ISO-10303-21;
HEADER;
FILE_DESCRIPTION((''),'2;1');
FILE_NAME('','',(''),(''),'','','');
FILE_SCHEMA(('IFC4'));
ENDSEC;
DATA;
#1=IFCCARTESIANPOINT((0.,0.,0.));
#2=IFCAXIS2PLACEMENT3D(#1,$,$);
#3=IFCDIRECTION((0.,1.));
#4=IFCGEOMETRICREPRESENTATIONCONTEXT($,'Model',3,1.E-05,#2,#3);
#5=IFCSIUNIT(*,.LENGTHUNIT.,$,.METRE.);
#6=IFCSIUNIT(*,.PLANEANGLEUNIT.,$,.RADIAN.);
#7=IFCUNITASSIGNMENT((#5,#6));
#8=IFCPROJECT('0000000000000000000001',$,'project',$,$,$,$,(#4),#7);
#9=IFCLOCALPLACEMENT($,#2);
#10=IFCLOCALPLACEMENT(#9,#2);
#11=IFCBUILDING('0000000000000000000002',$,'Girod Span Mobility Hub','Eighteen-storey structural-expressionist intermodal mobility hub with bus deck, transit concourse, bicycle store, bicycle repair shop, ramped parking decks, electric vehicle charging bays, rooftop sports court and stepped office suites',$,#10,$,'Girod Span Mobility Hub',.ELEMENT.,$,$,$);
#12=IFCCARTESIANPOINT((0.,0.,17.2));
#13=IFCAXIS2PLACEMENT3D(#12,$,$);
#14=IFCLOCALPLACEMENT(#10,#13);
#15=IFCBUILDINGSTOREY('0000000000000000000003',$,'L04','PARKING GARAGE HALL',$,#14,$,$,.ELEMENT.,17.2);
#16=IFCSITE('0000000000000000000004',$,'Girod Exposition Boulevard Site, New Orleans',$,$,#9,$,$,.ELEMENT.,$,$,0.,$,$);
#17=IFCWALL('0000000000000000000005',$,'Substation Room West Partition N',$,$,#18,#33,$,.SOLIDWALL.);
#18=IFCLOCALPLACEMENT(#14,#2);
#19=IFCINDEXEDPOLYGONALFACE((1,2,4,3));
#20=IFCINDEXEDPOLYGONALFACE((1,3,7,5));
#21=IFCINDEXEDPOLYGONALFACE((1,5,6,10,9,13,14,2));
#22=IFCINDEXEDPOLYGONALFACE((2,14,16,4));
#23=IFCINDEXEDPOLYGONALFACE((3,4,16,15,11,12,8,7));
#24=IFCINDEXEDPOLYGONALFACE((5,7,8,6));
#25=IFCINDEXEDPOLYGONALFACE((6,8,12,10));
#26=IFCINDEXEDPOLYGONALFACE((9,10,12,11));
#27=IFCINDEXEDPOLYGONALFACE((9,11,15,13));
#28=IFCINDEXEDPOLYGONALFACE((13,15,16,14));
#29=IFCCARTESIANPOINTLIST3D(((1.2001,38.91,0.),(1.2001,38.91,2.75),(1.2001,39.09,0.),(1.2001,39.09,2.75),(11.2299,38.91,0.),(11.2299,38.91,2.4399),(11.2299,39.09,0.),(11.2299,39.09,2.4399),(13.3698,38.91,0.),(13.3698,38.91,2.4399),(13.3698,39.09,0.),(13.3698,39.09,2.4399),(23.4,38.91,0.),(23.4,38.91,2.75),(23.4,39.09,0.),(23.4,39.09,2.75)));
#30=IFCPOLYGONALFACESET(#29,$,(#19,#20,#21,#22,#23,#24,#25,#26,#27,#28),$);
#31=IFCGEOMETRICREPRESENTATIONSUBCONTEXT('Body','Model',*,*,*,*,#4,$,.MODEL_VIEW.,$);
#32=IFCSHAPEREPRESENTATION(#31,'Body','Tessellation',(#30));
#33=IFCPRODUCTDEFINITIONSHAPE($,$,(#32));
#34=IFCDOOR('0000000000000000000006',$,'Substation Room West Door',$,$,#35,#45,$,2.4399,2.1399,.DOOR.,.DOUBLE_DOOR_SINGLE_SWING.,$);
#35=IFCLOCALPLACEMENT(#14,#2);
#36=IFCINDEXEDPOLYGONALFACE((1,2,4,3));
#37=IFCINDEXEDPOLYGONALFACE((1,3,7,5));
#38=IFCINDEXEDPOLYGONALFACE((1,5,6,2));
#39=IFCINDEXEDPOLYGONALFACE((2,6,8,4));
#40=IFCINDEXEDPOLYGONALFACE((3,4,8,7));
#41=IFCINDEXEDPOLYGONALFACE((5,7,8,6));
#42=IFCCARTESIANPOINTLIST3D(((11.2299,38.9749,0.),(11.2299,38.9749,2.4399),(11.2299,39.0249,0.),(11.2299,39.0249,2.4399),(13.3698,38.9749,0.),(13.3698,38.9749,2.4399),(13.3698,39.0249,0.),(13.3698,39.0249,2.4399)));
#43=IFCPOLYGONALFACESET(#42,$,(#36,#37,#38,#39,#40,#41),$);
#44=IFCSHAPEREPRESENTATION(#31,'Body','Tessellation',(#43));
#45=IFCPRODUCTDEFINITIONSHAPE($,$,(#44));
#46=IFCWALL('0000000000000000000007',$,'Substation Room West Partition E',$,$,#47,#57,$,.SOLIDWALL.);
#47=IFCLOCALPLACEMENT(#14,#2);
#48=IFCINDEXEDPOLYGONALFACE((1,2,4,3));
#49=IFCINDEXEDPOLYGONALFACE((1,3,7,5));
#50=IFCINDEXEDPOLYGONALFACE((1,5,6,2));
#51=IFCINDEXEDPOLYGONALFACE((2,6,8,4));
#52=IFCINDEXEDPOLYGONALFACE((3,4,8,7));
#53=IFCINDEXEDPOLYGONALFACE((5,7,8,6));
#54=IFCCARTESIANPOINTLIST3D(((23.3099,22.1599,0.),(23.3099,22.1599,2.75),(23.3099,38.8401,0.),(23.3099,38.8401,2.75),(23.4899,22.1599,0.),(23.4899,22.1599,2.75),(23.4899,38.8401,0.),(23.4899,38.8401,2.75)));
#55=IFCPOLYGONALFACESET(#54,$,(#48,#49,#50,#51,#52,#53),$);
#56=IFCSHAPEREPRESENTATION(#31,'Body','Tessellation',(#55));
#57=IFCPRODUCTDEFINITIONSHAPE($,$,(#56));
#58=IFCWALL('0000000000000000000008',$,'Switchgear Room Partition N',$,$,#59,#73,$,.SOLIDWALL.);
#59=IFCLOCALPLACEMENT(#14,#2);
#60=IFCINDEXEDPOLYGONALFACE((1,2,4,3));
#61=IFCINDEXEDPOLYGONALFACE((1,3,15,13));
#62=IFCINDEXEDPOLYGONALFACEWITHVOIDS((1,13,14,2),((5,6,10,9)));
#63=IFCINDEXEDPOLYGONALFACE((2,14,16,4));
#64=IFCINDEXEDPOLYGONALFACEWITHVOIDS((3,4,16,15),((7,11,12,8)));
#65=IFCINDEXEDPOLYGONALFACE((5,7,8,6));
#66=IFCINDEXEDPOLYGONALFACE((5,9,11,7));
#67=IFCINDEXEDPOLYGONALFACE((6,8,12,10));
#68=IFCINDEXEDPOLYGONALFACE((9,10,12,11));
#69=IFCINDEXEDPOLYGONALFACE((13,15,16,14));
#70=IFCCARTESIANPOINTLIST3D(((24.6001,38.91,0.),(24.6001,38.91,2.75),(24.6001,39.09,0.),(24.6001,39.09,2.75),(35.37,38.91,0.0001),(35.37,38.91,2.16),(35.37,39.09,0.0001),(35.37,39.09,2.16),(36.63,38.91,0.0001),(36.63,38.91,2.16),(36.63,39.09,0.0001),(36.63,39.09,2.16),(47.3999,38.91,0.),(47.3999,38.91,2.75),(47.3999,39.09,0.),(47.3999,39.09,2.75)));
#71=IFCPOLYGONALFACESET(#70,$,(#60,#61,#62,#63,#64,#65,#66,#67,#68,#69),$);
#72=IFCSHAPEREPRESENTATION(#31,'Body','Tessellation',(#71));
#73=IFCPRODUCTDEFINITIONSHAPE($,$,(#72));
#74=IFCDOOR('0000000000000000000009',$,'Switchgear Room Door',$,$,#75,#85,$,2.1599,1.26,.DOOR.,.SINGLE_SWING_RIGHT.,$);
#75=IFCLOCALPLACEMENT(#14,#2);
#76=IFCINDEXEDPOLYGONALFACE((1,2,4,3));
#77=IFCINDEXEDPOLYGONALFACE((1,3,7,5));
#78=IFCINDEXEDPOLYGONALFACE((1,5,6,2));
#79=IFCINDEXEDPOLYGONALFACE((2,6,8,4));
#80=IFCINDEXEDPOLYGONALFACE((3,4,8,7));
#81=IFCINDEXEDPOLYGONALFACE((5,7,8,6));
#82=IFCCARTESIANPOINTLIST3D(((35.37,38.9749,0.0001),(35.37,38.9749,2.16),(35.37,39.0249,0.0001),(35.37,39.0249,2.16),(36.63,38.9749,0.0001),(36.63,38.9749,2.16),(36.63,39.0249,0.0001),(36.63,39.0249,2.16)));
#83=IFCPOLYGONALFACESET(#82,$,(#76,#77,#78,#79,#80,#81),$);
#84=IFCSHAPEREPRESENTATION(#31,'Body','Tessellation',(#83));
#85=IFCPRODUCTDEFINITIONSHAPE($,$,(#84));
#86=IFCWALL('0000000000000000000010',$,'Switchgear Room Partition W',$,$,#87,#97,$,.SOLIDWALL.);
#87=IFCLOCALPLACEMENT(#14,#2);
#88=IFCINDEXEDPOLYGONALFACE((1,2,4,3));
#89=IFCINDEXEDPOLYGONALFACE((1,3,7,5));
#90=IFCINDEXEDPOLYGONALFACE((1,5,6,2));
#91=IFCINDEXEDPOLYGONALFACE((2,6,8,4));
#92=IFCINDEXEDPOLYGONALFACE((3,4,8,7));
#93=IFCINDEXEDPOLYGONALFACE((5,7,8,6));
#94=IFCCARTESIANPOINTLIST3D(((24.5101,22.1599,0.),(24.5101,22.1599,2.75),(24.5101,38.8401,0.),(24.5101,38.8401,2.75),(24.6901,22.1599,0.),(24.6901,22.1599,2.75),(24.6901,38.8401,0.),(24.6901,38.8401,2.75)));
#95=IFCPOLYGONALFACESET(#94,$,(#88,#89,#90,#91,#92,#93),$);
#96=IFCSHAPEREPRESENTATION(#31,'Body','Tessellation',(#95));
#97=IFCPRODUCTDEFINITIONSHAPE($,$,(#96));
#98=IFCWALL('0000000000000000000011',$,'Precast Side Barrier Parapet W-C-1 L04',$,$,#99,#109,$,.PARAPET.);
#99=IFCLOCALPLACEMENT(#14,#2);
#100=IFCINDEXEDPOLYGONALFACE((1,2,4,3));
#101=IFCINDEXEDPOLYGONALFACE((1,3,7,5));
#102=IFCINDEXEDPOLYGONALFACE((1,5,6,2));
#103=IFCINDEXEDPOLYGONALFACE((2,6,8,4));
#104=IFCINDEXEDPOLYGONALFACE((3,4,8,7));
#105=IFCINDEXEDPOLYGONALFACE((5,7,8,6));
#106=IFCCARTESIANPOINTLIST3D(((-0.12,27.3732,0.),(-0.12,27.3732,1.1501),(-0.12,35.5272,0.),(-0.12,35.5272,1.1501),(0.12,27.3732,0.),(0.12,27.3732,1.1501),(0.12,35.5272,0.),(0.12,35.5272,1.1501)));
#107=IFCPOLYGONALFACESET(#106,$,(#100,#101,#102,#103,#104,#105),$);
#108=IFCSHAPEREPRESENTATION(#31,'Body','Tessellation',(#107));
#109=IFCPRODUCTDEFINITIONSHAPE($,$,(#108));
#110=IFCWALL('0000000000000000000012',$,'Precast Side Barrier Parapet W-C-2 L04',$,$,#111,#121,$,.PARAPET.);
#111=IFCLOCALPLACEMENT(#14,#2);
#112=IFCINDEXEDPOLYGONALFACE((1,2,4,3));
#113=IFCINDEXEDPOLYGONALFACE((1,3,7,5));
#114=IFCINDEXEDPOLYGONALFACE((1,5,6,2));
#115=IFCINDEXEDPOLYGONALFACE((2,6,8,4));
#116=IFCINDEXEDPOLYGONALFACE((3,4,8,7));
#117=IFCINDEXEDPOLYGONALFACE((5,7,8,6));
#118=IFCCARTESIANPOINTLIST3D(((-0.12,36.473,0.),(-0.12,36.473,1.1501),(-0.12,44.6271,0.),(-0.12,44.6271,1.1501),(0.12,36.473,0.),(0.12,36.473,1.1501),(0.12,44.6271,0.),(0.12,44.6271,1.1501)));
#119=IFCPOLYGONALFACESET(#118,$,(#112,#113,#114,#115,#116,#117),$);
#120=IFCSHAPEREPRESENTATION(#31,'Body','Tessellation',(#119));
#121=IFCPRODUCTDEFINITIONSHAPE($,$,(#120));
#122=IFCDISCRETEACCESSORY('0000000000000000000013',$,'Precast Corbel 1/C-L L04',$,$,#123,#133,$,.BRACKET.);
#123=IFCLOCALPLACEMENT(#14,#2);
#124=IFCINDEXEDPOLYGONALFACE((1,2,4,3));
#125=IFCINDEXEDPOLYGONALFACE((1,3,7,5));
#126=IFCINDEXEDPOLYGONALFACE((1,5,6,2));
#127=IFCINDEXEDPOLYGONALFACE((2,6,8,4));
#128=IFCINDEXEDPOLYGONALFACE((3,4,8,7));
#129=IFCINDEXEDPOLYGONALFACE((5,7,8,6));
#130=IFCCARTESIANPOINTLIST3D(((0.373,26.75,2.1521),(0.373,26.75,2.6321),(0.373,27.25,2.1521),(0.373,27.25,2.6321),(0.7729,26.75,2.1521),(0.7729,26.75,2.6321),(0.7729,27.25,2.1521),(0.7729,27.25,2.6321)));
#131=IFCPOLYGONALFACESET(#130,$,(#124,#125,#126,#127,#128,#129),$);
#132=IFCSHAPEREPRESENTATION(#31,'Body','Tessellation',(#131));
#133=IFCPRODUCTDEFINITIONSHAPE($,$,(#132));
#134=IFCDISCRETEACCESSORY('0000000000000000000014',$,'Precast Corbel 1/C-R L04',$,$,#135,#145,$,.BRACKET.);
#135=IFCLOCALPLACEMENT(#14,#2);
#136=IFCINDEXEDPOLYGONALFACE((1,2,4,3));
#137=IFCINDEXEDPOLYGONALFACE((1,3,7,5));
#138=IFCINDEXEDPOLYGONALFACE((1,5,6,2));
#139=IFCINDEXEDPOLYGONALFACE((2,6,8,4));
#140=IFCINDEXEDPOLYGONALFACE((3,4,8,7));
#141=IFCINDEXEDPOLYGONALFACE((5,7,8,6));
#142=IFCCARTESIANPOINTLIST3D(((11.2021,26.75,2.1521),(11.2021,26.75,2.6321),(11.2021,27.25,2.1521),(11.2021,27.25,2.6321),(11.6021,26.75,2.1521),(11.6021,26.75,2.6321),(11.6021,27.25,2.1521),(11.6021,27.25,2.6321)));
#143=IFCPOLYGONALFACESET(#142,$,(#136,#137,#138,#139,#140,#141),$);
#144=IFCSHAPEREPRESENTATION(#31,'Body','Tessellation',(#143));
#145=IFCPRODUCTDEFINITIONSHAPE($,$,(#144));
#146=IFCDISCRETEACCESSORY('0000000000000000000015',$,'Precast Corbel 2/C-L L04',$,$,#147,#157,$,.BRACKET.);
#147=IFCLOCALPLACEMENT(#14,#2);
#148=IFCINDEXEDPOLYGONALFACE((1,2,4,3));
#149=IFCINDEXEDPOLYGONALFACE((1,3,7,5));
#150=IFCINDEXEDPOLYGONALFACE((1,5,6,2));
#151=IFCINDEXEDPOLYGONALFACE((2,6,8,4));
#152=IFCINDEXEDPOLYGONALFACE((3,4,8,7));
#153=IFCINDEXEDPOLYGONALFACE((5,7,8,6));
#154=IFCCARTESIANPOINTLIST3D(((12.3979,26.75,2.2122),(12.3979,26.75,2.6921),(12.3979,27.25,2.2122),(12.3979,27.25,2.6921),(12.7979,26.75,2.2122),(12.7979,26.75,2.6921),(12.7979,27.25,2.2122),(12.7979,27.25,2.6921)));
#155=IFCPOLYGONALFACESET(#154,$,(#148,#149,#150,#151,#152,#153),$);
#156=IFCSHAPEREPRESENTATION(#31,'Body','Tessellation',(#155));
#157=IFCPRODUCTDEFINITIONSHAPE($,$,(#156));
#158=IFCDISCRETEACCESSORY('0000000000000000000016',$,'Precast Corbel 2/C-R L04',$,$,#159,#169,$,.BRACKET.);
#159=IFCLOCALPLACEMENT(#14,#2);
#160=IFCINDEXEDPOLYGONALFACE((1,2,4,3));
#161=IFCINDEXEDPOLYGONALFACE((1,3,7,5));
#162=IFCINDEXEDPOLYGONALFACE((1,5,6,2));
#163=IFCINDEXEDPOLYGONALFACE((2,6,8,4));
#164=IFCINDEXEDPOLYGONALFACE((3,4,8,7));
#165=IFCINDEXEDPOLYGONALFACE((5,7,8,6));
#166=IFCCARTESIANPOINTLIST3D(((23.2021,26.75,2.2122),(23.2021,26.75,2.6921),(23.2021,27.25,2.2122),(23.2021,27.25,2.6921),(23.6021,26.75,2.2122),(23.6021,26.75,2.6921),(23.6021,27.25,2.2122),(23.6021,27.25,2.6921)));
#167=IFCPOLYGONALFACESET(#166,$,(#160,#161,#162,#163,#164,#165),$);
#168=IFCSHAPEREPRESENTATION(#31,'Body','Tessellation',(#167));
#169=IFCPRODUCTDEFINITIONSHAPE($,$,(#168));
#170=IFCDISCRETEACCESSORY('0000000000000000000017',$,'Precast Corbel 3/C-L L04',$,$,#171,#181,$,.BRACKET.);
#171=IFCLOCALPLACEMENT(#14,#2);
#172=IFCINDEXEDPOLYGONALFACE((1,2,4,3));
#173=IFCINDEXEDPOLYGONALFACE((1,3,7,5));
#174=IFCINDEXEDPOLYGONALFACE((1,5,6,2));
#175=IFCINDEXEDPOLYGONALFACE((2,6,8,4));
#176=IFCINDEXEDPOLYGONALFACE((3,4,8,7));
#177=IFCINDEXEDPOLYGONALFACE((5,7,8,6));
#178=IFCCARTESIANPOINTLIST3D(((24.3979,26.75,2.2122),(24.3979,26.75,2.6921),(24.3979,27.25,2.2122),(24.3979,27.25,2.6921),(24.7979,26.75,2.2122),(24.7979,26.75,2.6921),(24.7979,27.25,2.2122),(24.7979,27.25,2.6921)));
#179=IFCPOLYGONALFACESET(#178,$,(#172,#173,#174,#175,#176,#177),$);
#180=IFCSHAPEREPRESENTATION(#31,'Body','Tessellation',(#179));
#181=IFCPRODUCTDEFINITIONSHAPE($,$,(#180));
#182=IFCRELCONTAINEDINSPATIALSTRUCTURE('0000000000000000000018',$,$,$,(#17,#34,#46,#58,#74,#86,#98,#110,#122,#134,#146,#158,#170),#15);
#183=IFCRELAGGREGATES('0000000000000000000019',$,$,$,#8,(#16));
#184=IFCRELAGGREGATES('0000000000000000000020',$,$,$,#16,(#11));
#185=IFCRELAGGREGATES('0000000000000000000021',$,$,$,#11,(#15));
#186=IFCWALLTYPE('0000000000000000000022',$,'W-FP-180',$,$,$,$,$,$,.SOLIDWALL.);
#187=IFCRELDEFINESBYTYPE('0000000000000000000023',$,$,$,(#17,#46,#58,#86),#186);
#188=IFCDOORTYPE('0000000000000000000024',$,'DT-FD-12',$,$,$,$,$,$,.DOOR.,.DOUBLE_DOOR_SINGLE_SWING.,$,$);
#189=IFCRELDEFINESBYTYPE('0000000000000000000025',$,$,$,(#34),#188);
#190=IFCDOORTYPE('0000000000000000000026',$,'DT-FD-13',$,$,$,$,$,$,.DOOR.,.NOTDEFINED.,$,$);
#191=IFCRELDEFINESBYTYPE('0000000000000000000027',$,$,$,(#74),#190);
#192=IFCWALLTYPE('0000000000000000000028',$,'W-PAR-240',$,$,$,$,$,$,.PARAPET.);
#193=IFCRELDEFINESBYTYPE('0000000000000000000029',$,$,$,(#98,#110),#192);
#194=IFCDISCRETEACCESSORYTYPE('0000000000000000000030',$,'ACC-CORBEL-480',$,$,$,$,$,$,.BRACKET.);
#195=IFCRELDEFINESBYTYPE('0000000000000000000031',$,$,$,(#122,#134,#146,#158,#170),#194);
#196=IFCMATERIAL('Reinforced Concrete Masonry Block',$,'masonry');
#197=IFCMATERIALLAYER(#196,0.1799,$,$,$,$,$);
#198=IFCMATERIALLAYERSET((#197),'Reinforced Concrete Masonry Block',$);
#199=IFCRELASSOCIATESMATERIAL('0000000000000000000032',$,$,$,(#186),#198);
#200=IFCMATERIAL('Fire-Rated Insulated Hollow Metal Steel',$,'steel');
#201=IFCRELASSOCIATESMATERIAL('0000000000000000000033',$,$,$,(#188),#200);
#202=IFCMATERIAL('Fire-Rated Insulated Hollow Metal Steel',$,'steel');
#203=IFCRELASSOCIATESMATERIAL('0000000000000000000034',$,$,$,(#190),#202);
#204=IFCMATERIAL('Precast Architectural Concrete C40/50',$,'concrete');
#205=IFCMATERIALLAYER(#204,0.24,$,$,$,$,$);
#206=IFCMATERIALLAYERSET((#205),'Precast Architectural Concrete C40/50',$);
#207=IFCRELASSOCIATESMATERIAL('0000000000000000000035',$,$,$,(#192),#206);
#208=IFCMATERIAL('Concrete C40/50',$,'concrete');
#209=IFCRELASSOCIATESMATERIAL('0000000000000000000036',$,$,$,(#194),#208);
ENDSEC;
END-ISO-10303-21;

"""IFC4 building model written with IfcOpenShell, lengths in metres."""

from ifc_helpers import new_model, si_unit, direction, frame, frame_2d, origin, origin_2d, place, context, subcontext, project, spatial, rectangle, extrude, material, layer, layer_set, type_object, element, fill, save


model = new_model("IFC4")

# Units and contexts
model_context = context("Model", 3, precision=1e-05, world=origin(), true_north=direction((0.0, 1.0)))
body_context = subcontext(model_context, "Body", "Model", "MODEL_VIEW")
ifc_project = project(units=[si_unit("LENGTHUNIT", "METRE"), si_unit("PLANEANGLEUNIT", "RADIAN")], contexts=[model_context])

# Site, building, storey
site_placement = place(None, origin())
site = spatial("IfcSite", under=ifc_project, at=site_placement, Name="Girod Exposition Boulevard Site, New Orleans", CompositionType="ELEMENT", RefElevation=0.0)
building_placement = place(site_placement, origin())
building = spatial("IfcBuilding", under=site, at=building_placement, Name="Girod Span Mobility Hub", Description="Eighteen-storey structural-expressionist intermodal mobility hub with bus deck, transit concourse, bicycle store, bicycle repair shop, ramped parking decks, electric vehicle charging bays, rooftop sports court and stepped office suites", LongName="Girod Span Mobility Hub", CompositionType="ELEMENT")
storey_placement = place(building_placement, frame((0.0, 0.0, 17.2)))
storey = spatial("IfcBuildingStorey", under=building, at=storey_placement, Name="L04", Description="PARKING GARAGE HALL", CompositionType="ELEMENT", Elevation=17.2)

# Wall, opening, door
ifc_material_1 = material(Name="Reinforced Concrete Masonry Block", Category="masonry")
ifc_layer_1 = layer(ifc_material_1, 0.1799)
ifc_layer_set_1 = layer_set([ifc_layer_1], Name="Reinforced Concrete Masonry Block")
wall_type_1 = type_object("IfcWallType", Name="W-FP-180", PredefinedType="SOLIDWALL", material=ifc_layer_set_1)
wall_1_placement = place(storey_placement, frame((1.2, 39.0, 0.0), z_axis=(0.0, 0.0, 1.0), x_axis=(1.0, 0.0, 0.0)))
wall_1 = element("IfcWall", 1, at=wall_1_placement, inside=storey, type_object=wall_type_1, Name="Substation Room West Partition N", PredefinedType="SOLIDWALL", context=body_context, shape_type="SweptSolid", body=[
    extrude(rectangle(XDim=22.2, YDim=0.1799, at=frame_2d((11.1001, 0.0))), origin(), (0.0, 0.0, 1.0), 2.75),
])
opening_1_placement = place(wall_1_placement, frame((10.03, 0.0, 0.0)))
opening_1 = element("IfcOpeningElement", 2, at=opening_1_placement, cuts=wall_1, PredefinedType="OPENING", context=body_context, shape_type="SweptSolid", body=[
    extrude(rectangle(XDim=2.1399, YDim=2.4399, at=frame_2d((1.0698, 1.22))), frame((0.0, 0.105, 0.0), z_axis=(0.0, -1.0, 0.0), x_axis=(1.0, 0.0, 0.0)), (0.0, 0.0, 1.0), 0.21),
])
ifc_material_2 = material(Name="Fire-Rated Insulated Hollow Metal Steel", Category="steel")
door_type_1 = type_object("IfcDoorType", Name="DT-FD-12", OperationType="DOUBLE_DOOR_SINGLE_SWING", PredefinedType="DOOR", material=ifc_material_2)
door_1_placement = place(opening_1_placement, origin())
door_1 = element("IfcDoor", 3, at=door_1_placement, inside=storey, type_object=door_type_1, Name="Substation Room West Door", OperationType="DOUBLE_DOOR_SINGLE_SWING", OverallHeight=2.4399, OverallWidth=2.1399, PredefinedType="DOOR", context=body_context, shape_type="SweptSolid", body=[
    extrude(rectangle(XDim=2.1399, YDim=2.4399, at=frame_2d((1.0698, 1.22))), frame((0.0, 0.0249, 0.0), z_axis=(0.0, -1.0, 0.0), x_axis=(1.0, 0.0, 0.0)), (0.0, 0.0, 1.0), 0.05),
])
fill(opening_1, door_1)

# Wall
wall_2_placement = place(storey_placement, frame((23.3999, 22.1599, 0.0), z_axis=(0.0, 0.0, 1.0), x_axis=(0.0, 1.0, 0.0)))
element("IfcWall", 4, at=wall_2_placement, inside=storey, type_object=wall_type_1, Name="Substation Room West Partition E", PredefinedType="SOLIDWALL", context=body_context, shape_type="SweptSolid", body=[
    extrude(rectangle(XDim=16.6802, YDim=0.1799, at=frame_2d((8.3401, 0.0))), origin(), (0.0, 0.0, 1.0), 2.75),
])

# Wall, opening, door
wall_3_placement = place(storey_placement, frame((24.6001, 39.0, 0.0), z_axis=(0.0, 0.0, 1.0), x_axis=(1.0, 0.0, 0.0)))
wall_3 = element("IfcWall", 5, at=wall_3_placement, inside=storey, type_object=wall_type_1, Name="Switchgear Room Partition N", PredefinedType="SOLIDWALL", context=body_context, shape_type="SweptSolid", body=[
    extrude(rectangle(XDim=22.7998, YDim=0.1799, at=frame_2d((11.3999, 0.0))), origin(), (0.0, 0.0, 1.0), 2.75),
])
opening_2_placement = place(wall_3_placement, frame((10.77, 0.0, 0.0)))
opening_2 = element("IfcOpeningElement", 6, at=opening_2_placement, cuts=wall_3, PredefinedType="OPENING", context=body_context, shape_type="SweptSolid", body=[
    extrude(rectangle(XDim=1.26, YDim=2.1599, at=frame_2d((0.6299, 1.0801))), frame((0.0, 0.105, 0.0), z_axis=(0.0, -1.0, 0.0), x_axis=(1.0, 0.0, 0.0)), (0.0, 0.0, 1.0), 0.21),
])
ifc_material_3 = material(Name="Fire-Rated Insulated Hollow Metal Steel", Category="steel")
door_type_2 = type_object("IfcDoorType", Name="DT-FD-13", OperationType="NOTDEFINED", PredefinedType="DOOR", material=ifc_material_3)
door_2_placement = place(opening_2_placement, origin())
door_2 = element("IfcDoor", 7, at=door_2_placement, inside=storey, type_object=door_type_2, Name="Switchgear Room Door", OperationType="SINGLE_SWING_RIGHT", OverallHeight=2.1599, OverallWidth=1.26, PredefinedType="DOOR", context=body_context, shape_type="SweptSolid", body=[
    extrude(rectangle(XDim=1.26, YDim=2.1599, at=frame_2d((0.6299, 1.0801))), frame((0.0, 0.0249, 0.0), z_axis=(0.0, -1.0, 0.0), x_axis=(1.0, 0.0, 0.0)), (0.0, 0.0, 1.0), 0.05),
])
fill(opening_2, door_2)

# Walls
wall_4_placement = place(storey_placement, frame((24.6001, 22.1599, 0.0), z_axis=(0.0, 0.0, 1.0), x_axis=(0.0, 1.0, 0.0)))
element("IfcWall", 8, at=wall_4_placement, inside=storey, type_object=wall_type_1, Name="Switchgear Room Partition W", PredefinedType="SOLIDWALL", context=body_context, shape_type="SweptSolid", body=[
    extrude(rectangle(XDim=16.6802, YDim=0.1799, at=frame_2d((8.3401, 0.0))), origin(), (0.0, 0.0, 1.0), 2.75),
])
ifc_material_4 = material(Name="Precast Architectural Concrete C40/50", Category="concrete")
ifc_layer_2 = layer(ifc_material_4, 0.24)
ifc_layer_set_2 = layer_set([ifc_layer_2], Name="Precast Architectural Concrete C40/50")
wall_type_2 = type_object("IfcWallType", Name="W-PAR-240", PredefinedType="PARAPET", material=ifc_layer_set_2)
for number, where, z_axis, x_axis, name in (
    (9, (0.0, 27.373, 0.0), (0.0, 0.0, 1.0), (0.0, 1.0, 0.0), "Precast Side Barrier Parapet W-C-1 L04"),
    (10, (0.0, 36.4729, 0.0), (0.0, 0.0, 1.0), (0.0, 1.0, 0.0), "Precast Side Barrier Parapet W-C-2 L04"),
):
    element("IfcWall", number, at=place(storey_placement, frame(where, z_axis=z_axis, x_axis=x_axis)), inside=storey, type_object=wall_type_2, Name=name, PredefinedType="PARAPET", context=body_context, shape_type="SweptSolid", body=[
        extrude(rectangle(XDim=8.1541, YDim=0.24, at=frame_2d((4.0771, 0.0))), origin(), (0.0, 0.0, 1.0), 1.1501),
    ])

# Discrete accessories
ifc_material_5 = material(Name="Concrete C40/50", Category="concrete")
discrete_accessory_type = type_object("IfcDiscreteAccessoryType", Name="ACC-CORBEL-480", PredefinedType="BRACKET", material=ifc_material_5)
for number, where, z_axis, x_axis, name in (
    (11, (0.573, 27.0, 2.1521), (0.0, 0.0, 1.0), (1.0, 0.0, 0.0), "Precast Corbel 1/C-L L04"),
    (12, (11.4021, 27.0, 2.1521), (0.0, 0.0, 1.0), (1.0, 0.0, 0.0), "Precast Corbel 1/C-R L04"),
    (13, (12.5979, 27.0, 2.2122), (0.0, 0.0, 1.0), (1.0, 0.0, 0.0), "Precast Corbel 2/C-L L04"),
    (14, (23.4021, 27.0, 2.2122), (0.0, 0.0, 1.0), (1.0, 0.0, 0.0), "Precast Corbel 2/C-R L04"),
    (15, (24.5979, 27.0, 2.2122), (0.0, 0.0, 1.0), (1.0, 0.0, 0.0), "Precast Corbel 3/C-L L04"),
):
    element("IfcDiscreteAccessory", number, at=place(storey_placement, frame(where, z_axis=z_axis, x_axis=x_axis)), inside=storey, type_object=discrete_accessory_type, Name=name, PredefinedType="BRACKET", context=body_context, shape_type="SweptSolid", body=[
        extrude(rectangle(XDim=0.3999, YDim=0.5, at=origin_2d()), origin(), (0.0, 0.0, 1.0), 0.48),
    ])

save(model, "model.ifc")
